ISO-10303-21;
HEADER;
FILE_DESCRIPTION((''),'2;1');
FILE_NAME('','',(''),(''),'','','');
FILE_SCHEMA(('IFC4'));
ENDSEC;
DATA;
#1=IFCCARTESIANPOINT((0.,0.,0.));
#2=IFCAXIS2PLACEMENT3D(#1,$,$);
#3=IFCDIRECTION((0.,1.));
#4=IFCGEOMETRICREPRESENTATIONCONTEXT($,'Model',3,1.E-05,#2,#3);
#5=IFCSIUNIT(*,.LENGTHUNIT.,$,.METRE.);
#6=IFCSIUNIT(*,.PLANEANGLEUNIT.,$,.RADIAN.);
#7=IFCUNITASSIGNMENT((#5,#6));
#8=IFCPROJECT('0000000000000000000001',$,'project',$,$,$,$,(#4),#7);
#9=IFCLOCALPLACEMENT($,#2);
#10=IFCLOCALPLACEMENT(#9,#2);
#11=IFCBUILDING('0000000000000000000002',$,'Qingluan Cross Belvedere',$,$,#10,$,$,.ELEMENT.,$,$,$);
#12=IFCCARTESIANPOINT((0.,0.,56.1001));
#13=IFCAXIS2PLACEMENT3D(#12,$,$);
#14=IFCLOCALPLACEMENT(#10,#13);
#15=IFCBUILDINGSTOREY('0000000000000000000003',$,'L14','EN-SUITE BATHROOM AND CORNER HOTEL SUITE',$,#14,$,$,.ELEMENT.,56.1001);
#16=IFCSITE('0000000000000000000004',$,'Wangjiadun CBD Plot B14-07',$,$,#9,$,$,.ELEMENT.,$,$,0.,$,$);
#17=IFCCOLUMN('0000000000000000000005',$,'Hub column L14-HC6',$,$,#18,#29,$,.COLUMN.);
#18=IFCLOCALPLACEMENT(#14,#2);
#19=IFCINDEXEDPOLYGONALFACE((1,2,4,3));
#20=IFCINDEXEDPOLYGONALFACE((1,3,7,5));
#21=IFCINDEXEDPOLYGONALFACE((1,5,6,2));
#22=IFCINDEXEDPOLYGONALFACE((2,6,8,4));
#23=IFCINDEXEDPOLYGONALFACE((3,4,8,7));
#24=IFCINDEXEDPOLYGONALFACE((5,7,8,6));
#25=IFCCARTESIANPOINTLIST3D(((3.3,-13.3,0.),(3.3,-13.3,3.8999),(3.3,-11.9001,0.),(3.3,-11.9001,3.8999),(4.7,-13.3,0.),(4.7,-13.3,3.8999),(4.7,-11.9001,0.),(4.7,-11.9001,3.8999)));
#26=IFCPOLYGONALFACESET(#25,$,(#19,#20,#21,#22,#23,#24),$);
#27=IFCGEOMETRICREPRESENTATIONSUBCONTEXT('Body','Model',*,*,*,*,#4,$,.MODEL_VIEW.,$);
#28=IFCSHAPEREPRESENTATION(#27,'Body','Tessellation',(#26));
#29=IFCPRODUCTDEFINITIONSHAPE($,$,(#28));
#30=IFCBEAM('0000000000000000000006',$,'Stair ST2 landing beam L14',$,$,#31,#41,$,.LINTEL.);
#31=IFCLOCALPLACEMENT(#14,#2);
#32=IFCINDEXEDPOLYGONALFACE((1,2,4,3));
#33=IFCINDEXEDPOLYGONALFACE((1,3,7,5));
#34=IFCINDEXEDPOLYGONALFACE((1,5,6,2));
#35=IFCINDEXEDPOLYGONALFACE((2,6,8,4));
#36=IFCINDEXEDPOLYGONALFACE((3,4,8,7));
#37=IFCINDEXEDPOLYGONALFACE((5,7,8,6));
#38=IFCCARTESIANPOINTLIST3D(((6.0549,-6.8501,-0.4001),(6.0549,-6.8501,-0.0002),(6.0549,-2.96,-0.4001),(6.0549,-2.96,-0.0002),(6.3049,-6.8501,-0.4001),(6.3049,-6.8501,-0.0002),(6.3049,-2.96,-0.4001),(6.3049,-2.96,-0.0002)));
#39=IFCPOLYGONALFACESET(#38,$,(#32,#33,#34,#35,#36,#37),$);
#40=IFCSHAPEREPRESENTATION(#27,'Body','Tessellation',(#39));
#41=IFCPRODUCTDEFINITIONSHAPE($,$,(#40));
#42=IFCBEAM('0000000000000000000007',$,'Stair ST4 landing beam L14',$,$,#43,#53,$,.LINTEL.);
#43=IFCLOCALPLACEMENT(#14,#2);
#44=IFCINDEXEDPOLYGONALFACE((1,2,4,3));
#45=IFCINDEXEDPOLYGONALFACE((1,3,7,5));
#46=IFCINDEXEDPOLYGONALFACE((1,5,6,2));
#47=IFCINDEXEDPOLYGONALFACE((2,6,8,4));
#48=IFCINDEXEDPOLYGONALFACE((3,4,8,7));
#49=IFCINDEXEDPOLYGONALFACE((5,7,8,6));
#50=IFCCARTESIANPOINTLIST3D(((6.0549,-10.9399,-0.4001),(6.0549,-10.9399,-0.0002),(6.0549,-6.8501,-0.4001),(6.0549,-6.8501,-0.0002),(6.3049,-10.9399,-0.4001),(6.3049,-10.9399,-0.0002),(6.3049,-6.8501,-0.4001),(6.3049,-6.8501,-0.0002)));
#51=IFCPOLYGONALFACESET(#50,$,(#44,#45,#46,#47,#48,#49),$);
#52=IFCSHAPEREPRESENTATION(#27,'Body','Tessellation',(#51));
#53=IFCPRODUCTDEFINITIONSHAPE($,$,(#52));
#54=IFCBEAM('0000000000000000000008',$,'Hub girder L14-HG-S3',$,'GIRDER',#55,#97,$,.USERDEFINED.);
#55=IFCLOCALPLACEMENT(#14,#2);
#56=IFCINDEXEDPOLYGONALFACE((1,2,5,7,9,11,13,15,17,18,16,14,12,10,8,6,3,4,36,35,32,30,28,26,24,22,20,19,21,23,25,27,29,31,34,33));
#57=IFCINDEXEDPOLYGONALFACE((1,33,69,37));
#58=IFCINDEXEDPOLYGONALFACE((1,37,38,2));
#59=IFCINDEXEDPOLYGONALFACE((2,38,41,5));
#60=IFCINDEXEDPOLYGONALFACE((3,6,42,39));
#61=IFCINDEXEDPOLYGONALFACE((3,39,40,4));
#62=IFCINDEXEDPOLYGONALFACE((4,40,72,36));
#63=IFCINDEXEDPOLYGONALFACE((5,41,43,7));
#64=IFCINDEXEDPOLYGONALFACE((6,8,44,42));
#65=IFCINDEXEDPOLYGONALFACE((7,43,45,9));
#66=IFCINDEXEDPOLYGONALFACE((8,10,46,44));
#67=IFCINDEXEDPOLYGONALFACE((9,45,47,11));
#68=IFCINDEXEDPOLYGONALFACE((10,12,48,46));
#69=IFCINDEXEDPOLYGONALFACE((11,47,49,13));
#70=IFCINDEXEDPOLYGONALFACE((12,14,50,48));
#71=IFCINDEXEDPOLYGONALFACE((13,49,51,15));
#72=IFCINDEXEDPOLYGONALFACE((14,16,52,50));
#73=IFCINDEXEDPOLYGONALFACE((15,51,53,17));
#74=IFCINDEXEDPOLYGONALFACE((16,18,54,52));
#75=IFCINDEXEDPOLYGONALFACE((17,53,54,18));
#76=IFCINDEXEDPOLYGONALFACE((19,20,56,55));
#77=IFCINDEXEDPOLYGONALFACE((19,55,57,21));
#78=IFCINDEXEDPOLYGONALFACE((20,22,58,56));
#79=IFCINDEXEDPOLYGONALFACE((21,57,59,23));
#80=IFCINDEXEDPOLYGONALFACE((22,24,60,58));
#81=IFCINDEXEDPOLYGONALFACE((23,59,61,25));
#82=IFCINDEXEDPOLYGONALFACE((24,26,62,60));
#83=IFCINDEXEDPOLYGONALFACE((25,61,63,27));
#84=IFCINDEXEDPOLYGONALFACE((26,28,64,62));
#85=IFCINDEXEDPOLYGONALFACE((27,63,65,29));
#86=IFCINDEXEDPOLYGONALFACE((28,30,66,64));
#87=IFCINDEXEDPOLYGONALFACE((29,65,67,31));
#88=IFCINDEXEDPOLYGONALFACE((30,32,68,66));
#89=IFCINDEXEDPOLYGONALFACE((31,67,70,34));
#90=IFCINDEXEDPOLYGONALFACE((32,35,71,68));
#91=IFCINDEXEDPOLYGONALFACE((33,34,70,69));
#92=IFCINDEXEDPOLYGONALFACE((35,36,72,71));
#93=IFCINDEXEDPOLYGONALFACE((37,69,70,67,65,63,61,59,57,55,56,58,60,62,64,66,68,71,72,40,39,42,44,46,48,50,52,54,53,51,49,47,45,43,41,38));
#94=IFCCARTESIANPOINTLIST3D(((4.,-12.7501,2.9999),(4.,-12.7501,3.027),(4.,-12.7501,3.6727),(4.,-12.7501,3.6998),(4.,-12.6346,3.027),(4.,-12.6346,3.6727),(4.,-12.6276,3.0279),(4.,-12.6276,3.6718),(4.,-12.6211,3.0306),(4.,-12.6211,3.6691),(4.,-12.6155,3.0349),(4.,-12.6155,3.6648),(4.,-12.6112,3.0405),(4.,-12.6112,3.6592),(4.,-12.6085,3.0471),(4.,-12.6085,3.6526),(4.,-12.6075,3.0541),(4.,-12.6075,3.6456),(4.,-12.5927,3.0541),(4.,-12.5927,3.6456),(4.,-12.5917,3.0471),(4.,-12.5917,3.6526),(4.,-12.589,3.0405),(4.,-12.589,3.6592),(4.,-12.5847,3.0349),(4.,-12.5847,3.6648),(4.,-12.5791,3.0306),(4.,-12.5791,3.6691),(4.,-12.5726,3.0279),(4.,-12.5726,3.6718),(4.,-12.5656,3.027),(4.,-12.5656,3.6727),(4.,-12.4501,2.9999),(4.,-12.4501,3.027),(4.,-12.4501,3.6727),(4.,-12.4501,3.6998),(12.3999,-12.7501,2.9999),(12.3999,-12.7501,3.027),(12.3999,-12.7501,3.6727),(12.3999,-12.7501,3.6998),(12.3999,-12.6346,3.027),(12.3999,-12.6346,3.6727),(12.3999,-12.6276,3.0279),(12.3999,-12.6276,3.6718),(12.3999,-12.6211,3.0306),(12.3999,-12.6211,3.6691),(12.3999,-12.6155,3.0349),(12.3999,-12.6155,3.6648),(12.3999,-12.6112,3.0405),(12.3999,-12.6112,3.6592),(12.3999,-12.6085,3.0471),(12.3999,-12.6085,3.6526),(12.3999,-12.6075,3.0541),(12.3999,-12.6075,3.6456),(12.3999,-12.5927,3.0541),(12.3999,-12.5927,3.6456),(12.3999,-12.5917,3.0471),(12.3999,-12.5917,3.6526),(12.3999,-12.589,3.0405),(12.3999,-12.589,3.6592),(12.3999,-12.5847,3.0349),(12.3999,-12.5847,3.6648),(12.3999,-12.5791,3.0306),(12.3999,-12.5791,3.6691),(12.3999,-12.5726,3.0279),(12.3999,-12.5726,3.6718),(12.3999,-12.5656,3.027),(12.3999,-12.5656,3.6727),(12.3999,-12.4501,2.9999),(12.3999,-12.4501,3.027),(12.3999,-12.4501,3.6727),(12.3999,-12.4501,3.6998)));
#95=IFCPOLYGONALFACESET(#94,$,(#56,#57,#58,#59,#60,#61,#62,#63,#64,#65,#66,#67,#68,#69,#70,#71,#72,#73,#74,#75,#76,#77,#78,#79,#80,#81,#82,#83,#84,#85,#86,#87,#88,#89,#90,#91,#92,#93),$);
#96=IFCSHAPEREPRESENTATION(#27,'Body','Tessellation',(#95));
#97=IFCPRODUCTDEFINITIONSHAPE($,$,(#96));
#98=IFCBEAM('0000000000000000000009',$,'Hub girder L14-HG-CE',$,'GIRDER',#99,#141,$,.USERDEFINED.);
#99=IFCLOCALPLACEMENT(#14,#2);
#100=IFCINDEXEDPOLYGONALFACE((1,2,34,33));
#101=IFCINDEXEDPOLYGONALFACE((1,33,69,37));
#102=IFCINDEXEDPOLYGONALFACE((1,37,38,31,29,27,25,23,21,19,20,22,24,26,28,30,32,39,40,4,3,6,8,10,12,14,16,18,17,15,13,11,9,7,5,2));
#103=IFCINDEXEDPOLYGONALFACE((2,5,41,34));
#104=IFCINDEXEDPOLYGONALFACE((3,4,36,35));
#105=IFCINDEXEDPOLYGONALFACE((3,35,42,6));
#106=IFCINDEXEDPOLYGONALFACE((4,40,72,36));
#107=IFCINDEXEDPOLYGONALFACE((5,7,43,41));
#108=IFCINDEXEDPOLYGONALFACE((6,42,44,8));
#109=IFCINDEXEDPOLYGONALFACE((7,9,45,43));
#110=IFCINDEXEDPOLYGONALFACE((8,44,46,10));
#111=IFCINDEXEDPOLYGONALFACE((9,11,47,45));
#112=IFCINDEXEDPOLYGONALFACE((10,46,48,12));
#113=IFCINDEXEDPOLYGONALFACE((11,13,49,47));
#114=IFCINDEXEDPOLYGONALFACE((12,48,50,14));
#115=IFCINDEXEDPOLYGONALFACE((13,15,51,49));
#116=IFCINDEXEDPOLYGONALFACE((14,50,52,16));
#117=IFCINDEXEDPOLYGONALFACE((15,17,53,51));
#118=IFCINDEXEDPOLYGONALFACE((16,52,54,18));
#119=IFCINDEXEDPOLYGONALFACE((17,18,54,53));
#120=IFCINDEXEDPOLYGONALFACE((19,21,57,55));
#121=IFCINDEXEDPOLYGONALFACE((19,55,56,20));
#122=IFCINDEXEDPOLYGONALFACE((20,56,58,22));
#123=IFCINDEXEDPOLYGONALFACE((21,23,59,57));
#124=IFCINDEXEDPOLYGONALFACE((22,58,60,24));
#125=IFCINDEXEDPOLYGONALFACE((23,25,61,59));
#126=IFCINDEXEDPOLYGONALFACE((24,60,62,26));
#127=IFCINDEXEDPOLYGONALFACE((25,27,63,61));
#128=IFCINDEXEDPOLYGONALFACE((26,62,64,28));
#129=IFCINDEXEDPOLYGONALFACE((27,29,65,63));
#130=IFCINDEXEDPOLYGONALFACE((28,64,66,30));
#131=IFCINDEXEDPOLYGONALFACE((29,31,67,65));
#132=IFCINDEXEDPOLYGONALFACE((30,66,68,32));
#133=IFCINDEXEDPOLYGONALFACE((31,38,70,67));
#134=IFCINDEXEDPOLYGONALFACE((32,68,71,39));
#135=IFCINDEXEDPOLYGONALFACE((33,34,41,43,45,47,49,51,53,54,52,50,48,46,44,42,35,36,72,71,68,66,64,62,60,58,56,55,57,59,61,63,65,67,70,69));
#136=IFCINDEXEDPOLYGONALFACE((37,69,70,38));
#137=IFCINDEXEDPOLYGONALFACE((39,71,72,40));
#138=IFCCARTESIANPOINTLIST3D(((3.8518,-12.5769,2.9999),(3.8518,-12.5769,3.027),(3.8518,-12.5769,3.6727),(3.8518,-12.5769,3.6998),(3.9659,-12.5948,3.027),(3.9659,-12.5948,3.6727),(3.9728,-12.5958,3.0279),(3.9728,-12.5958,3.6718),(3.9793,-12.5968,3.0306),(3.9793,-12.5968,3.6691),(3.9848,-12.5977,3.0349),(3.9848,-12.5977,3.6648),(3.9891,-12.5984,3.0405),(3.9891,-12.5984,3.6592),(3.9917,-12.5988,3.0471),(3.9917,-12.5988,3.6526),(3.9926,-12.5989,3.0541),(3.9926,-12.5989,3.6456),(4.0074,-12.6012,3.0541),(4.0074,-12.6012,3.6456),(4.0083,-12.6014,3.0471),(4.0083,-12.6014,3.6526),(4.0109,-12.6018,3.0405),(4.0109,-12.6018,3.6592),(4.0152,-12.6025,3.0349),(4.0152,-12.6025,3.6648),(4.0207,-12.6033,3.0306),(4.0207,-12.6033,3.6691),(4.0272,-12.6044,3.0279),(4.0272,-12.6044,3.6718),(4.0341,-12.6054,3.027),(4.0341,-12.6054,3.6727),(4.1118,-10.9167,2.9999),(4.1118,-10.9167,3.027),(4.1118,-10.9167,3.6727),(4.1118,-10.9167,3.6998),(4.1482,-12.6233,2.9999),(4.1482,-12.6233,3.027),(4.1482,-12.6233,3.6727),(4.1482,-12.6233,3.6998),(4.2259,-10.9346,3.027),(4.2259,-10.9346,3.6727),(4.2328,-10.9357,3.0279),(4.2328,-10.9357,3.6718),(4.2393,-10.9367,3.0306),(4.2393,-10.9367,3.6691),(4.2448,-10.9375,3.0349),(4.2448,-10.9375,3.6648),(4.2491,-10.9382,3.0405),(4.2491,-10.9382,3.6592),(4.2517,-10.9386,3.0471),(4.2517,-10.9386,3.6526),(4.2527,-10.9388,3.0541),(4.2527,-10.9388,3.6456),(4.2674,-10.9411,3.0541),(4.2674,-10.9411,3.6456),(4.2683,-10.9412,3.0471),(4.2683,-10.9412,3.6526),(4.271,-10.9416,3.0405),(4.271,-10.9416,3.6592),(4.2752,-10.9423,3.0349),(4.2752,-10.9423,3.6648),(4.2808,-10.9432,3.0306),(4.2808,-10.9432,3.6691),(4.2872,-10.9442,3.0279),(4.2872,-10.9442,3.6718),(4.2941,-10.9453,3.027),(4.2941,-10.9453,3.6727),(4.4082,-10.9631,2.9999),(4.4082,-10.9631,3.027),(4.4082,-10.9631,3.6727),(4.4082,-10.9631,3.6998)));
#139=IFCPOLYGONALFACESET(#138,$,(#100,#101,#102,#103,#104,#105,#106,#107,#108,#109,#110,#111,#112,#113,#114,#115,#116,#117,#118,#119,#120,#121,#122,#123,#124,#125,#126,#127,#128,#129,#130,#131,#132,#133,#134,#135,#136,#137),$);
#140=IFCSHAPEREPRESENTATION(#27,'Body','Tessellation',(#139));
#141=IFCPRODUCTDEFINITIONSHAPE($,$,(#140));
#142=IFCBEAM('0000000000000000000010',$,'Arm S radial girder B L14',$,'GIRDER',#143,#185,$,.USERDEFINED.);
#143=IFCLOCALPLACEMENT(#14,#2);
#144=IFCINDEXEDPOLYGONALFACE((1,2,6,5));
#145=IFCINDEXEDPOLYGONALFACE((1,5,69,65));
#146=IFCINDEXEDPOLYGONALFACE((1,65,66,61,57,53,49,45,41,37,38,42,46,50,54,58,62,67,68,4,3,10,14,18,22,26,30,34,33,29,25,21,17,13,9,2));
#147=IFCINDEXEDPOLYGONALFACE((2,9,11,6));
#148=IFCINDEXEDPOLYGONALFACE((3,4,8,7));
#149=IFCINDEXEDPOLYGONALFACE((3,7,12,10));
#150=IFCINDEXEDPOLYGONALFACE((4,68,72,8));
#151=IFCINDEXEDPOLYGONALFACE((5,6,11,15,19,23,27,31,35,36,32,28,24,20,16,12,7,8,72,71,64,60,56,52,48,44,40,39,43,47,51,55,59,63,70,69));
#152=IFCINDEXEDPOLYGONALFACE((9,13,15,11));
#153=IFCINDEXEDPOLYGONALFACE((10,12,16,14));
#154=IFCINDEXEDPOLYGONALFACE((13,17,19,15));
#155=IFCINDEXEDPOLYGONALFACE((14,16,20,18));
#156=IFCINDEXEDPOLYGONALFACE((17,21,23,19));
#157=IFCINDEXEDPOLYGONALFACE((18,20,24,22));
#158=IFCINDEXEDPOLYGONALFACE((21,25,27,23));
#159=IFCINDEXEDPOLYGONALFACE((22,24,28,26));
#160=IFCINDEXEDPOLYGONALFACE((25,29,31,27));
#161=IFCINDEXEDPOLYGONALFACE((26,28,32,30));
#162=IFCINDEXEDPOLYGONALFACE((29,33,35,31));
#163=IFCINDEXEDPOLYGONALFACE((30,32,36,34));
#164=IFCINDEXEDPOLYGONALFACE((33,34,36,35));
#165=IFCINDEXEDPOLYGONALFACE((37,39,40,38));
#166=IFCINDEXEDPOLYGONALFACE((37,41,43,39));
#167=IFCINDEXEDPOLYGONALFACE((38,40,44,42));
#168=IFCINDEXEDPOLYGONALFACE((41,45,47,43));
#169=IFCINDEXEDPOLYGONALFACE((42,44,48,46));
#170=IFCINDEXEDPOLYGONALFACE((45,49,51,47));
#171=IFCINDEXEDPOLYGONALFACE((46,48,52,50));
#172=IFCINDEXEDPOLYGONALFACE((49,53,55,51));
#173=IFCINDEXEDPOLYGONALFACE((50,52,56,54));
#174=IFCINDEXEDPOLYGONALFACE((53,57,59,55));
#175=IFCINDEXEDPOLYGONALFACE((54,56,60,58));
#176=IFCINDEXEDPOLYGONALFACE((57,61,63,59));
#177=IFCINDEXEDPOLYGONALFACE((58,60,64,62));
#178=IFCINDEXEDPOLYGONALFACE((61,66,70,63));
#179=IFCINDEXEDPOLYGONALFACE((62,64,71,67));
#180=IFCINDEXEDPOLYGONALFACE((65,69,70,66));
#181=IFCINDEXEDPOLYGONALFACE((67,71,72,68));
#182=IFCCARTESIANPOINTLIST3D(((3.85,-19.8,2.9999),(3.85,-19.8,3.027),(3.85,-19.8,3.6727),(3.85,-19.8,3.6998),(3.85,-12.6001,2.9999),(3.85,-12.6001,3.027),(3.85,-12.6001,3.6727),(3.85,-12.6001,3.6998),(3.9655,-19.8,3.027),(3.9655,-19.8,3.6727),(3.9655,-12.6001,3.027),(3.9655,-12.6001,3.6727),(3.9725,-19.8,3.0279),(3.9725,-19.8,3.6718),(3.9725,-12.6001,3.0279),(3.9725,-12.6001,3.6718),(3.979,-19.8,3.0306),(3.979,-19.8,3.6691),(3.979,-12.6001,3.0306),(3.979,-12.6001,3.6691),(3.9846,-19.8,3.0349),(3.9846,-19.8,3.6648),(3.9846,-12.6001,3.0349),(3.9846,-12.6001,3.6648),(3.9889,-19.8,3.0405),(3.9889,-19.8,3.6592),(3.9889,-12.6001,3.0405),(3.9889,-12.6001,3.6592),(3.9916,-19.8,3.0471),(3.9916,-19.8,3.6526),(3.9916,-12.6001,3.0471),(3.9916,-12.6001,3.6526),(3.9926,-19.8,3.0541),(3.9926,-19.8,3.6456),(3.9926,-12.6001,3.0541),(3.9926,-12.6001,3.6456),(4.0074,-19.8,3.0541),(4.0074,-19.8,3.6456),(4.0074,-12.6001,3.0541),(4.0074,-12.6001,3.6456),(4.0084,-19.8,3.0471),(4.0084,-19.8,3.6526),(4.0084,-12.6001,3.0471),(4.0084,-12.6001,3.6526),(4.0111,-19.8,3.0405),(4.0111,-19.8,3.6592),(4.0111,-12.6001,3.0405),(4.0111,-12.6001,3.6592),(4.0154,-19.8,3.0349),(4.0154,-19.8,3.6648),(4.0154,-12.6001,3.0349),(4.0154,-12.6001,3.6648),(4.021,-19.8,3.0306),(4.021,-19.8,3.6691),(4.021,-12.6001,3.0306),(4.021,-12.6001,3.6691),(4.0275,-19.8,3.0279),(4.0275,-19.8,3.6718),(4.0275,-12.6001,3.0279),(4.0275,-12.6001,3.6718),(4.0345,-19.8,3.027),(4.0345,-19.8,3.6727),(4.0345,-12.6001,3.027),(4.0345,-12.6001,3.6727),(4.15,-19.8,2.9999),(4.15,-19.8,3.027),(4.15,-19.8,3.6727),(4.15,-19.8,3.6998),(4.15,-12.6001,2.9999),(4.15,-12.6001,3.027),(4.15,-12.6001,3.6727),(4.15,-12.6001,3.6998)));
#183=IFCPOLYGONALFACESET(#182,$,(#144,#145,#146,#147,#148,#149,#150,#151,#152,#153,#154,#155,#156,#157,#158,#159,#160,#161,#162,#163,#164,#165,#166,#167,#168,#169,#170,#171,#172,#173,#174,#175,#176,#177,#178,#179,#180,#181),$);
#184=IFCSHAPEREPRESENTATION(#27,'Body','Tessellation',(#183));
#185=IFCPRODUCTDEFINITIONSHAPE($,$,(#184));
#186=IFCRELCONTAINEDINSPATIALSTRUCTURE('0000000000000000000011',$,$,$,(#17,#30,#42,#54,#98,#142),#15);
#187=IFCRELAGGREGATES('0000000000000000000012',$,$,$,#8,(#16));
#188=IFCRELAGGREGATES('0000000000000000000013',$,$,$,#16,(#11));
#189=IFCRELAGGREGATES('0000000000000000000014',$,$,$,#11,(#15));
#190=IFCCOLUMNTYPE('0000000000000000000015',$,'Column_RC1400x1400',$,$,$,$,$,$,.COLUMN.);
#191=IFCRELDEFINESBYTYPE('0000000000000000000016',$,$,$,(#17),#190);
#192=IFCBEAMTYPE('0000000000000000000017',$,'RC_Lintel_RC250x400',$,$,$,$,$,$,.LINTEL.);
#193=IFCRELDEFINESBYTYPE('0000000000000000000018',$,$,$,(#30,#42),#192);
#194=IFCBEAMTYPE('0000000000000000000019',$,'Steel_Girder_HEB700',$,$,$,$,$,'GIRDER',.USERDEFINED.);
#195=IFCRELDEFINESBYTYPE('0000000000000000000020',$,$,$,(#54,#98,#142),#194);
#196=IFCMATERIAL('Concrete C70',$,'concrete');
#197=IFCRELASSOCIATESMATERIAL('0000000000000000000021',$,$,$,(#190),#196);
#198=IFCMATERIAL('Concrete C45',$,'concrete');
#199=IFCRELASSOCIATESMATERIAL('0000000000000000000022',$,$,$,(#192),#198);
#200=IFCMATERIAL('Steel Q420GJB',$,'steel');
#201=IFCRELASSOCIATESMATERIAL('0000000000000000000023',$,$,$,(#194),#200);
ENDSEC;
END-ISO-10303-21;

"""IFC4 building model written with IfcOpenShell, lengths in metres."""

from ifc_helpers import new_model, si_unit, direction, frame, origin, origin_2d, place, context, subcontext, project, spatial, rectangle, i_section, extrude, material, material_profile, profile_set, type_object, element, save


model = new_model("IFC4")

# Units and contexts
model_context = context("Model", 3, precision=1e-05, world=origin(), true_north=direction((0.0, 1.0)))
body_context = subcontext(model_context, "Body", "Model", "MODEL_VIEW")
ifc_project = project(units=[si_unit("LENGTHUNIT", "METRE"), si_unit("PLANEANGLEUNIT", "RADIAN")], contexts=[model_context])

# Site, building, storey
site_placement = place(None, origin())
site = spatial("IfcSite", under=ifc_project, at=site_placement, Name="Wangjiadun CBD Plot B14-07", CompositionType="ELEMENT", RefElevation=0.0)
building_placement = place(site_placement, origin())
building = spatial("IfcBuilding", under=site, at=building_placement, Name="Qingluan Cross Belvedere", CompositionType="ELEMENT")
storey_placement = place(building_placement, frame((0.0, 0.0, 56.1001)))
storey = spatial("IfcBuildingStorey", under=building, at=storey_placement, Name="L14", Description="EN-SUITE BATHROOM AND CORNER HOTEL SUITE", CompositionType="ELEMENT", Elevation=56.1001)

# Column
ifc_material_1 = material(Name="Concrete C70", Category="concrete")
ifc_material_profile_1 = material_profile(ifc_material_1, rectangle(XDim=1.3999, YDim=1.3999, at=origin_2d()), Name="RC1400x1400")
ifc_profile_set_1 = profile_set([ifc_material_profile_1], Name="Concrete C70")
column_type = type_object("IfcColumnType", Name="Column_RC1400x1400", PredefinedType="COLUMN", material=ifc_profile_set_1)
column_placement = place(storey_placement, frame((4.0, -12.6001, 0.0), z_axis=(0.0, 0.0, 1.0), x_axis=(1.0, 0.0, 0.0)))
element("IfcColumn", 1, at=column_placement, inside=storey, type_object=column_type, Name="Hub column L14-HC6", PredefinedType="COLUMN", context=body_context, shape_type="SweptSolid", body=[
    extrude(rectangle(XDim=1.3999, YDim=1.3999, at=origin_2d()), origin(), (0.0, 0.0, 1.0), 3.8999),
])

# Beams
ifc_material_2 = material(Name="Concrete C45", Category="concrete")
ifc_material_profile_2 = material_profile(ifc_material_2, rectangle(XDim=0.25, YDim=0.3999, at=origin_2d()), Name="RC250x400")
ifc_profile_set_2 = profile_set([ifc_material_profile_2], Name="Concrete C45")
beam_type_1 = type_object("IfcBeamType", Name="RC_Lintel_RC250x400", PredefinedType="LINTEL", material=ifc_profile_set_2)
beam_1_placement = place(storey_placement, frame((6.1799, -6.8501, -0.2002), z_axis=(0.0, 1.0, 0.0), x_axis=(-1.0, 0.0, 0.0)))
element("IfcBeam", 2, at=beam_1_placement, inside=storey, type_object=beam_type_1, Name="Stair ST2 landing beam L14", PredefinedType="LINTEL", context=body_context, shape_type="SweptSolid", body=[
    extrude(rectangle(XDim=0.25, YDim=0.3999, at=origin_2d()), origin(), (0.0, 0.0, 1.0), 3.8901),
])
beam_2_placement = place(storey_placement, frame((6.1799, -10.9399, -0.2002), z_axis=(0.0, 1.0, 0.0), x_axis=(-1.0, 0.0, 0.0)))
element("IfcBeam", 3, at=beam_2_placement, inside=storey, type_object=beam_type_1, Name="Stair ST4 landing beam L14", PredefinedType="LINTEL", context=body_context, shape_type="SweptSolid", body=[
    extrude(rectangle(XDim=0.25, YDim=0.3999, at=origin_2d()), origin(), (0.0, 0.0, 1.0), 4.0898),
])
ifc_material_3 = material(Name="Steel Q420GJB", Category="steel")
ifc_material_profile_3 = material_profile(ifc_material_3, i_section(OverallWidth=0.3, OverallDepth=0.7, WebThickness=0.0149, FlangeThickness=0.0271, FilletRadius=0.0271, at=origin_2d()), Name="HEB700")
ifc_profile_set_3 = profile_set([ifc_material_profile_3], Name="Steel Q420GJB")
beam_type_2 = type_object("IfcBeamType", Name="Steel_Girder_HEB700", ElementType="GIRDER", PredefinedType="USERDEFINED", material=ifc_profile_set_3)
beam_3_placement = place(storey_placement, frame((4.0, -12.6001, 3.3499), z_axis=(1.0, 0.0, 0.0), x_axis=(0.0, 1.0, 0.0)))
element("IfcBeam", 4, at=beam_3_placement, inside=storey, type_object=beam_type_2, Name="Hub girder L14-HG-S3", ObjectType="GIRDER", PredefinedType="USERDEFINED", context=body_context, shape_type="SweptSolid", body=[
    extrude(i_section(OverallWidth=0.3, OverallDepth=0.7, WebThickness=0.0149, FlangeThickness=0.0271, FilletRadius=0.0271, at=origin_2d()), origin(), (0.0, 0.0, 1.0), 8.3999),
])
beam_4_placement = place(storey_placement, frame((4.0, -12.6001, 3.3499), z_axis=(0.154731, 0.987957, 0.0), x_axis=(-0.987957, 0.154731, 0.0)))
element("IfcBeam", 5, at=beam_4_placement, inside=storey, type_object=beam_type_2, Name="Hub girder L14-HG-CE", ObjectType="GIRDER", PredefinedType="USERDEFINED", context=body_context, shape_type="SweptSolid", body=[
    extrude(i_section(OverallWidth=0.3, OverallDepth=0.7, WebThickness=0.0149, FlangeThickness=0.0271, FilletRadius=0.0271, at=origin_2d()), origin(), (0.0, 0.0, 1.0), 1.6804),
])
beam_5_placement = place(storey_placement, frame((4.0, -12.6001, 3.3499), z_axis=(0.0, -1.0, 0.0), x_axis=(1.0, 0.0, 0.0)))
element("IfcBeam", 6, at=beam_5_placement, inside=storey, type_object=beam_type_2, Name="Arm S radial girder B L14", ObjectType="GIRDER", PredefinedType="USERDEFINED", context=body_context, shape_type="SweptSolid", body=[
    extrude(i_section(OverallWidth=0.3, OverallDepth=0.7, WebThickness=0.0149, FlangeThickness=0.0271, FilletRadius=0.0271, at=origin_2d()), origin(), (0.0, 0.0, 1.0), 7.2),
])

save(model, "model.ifc")
